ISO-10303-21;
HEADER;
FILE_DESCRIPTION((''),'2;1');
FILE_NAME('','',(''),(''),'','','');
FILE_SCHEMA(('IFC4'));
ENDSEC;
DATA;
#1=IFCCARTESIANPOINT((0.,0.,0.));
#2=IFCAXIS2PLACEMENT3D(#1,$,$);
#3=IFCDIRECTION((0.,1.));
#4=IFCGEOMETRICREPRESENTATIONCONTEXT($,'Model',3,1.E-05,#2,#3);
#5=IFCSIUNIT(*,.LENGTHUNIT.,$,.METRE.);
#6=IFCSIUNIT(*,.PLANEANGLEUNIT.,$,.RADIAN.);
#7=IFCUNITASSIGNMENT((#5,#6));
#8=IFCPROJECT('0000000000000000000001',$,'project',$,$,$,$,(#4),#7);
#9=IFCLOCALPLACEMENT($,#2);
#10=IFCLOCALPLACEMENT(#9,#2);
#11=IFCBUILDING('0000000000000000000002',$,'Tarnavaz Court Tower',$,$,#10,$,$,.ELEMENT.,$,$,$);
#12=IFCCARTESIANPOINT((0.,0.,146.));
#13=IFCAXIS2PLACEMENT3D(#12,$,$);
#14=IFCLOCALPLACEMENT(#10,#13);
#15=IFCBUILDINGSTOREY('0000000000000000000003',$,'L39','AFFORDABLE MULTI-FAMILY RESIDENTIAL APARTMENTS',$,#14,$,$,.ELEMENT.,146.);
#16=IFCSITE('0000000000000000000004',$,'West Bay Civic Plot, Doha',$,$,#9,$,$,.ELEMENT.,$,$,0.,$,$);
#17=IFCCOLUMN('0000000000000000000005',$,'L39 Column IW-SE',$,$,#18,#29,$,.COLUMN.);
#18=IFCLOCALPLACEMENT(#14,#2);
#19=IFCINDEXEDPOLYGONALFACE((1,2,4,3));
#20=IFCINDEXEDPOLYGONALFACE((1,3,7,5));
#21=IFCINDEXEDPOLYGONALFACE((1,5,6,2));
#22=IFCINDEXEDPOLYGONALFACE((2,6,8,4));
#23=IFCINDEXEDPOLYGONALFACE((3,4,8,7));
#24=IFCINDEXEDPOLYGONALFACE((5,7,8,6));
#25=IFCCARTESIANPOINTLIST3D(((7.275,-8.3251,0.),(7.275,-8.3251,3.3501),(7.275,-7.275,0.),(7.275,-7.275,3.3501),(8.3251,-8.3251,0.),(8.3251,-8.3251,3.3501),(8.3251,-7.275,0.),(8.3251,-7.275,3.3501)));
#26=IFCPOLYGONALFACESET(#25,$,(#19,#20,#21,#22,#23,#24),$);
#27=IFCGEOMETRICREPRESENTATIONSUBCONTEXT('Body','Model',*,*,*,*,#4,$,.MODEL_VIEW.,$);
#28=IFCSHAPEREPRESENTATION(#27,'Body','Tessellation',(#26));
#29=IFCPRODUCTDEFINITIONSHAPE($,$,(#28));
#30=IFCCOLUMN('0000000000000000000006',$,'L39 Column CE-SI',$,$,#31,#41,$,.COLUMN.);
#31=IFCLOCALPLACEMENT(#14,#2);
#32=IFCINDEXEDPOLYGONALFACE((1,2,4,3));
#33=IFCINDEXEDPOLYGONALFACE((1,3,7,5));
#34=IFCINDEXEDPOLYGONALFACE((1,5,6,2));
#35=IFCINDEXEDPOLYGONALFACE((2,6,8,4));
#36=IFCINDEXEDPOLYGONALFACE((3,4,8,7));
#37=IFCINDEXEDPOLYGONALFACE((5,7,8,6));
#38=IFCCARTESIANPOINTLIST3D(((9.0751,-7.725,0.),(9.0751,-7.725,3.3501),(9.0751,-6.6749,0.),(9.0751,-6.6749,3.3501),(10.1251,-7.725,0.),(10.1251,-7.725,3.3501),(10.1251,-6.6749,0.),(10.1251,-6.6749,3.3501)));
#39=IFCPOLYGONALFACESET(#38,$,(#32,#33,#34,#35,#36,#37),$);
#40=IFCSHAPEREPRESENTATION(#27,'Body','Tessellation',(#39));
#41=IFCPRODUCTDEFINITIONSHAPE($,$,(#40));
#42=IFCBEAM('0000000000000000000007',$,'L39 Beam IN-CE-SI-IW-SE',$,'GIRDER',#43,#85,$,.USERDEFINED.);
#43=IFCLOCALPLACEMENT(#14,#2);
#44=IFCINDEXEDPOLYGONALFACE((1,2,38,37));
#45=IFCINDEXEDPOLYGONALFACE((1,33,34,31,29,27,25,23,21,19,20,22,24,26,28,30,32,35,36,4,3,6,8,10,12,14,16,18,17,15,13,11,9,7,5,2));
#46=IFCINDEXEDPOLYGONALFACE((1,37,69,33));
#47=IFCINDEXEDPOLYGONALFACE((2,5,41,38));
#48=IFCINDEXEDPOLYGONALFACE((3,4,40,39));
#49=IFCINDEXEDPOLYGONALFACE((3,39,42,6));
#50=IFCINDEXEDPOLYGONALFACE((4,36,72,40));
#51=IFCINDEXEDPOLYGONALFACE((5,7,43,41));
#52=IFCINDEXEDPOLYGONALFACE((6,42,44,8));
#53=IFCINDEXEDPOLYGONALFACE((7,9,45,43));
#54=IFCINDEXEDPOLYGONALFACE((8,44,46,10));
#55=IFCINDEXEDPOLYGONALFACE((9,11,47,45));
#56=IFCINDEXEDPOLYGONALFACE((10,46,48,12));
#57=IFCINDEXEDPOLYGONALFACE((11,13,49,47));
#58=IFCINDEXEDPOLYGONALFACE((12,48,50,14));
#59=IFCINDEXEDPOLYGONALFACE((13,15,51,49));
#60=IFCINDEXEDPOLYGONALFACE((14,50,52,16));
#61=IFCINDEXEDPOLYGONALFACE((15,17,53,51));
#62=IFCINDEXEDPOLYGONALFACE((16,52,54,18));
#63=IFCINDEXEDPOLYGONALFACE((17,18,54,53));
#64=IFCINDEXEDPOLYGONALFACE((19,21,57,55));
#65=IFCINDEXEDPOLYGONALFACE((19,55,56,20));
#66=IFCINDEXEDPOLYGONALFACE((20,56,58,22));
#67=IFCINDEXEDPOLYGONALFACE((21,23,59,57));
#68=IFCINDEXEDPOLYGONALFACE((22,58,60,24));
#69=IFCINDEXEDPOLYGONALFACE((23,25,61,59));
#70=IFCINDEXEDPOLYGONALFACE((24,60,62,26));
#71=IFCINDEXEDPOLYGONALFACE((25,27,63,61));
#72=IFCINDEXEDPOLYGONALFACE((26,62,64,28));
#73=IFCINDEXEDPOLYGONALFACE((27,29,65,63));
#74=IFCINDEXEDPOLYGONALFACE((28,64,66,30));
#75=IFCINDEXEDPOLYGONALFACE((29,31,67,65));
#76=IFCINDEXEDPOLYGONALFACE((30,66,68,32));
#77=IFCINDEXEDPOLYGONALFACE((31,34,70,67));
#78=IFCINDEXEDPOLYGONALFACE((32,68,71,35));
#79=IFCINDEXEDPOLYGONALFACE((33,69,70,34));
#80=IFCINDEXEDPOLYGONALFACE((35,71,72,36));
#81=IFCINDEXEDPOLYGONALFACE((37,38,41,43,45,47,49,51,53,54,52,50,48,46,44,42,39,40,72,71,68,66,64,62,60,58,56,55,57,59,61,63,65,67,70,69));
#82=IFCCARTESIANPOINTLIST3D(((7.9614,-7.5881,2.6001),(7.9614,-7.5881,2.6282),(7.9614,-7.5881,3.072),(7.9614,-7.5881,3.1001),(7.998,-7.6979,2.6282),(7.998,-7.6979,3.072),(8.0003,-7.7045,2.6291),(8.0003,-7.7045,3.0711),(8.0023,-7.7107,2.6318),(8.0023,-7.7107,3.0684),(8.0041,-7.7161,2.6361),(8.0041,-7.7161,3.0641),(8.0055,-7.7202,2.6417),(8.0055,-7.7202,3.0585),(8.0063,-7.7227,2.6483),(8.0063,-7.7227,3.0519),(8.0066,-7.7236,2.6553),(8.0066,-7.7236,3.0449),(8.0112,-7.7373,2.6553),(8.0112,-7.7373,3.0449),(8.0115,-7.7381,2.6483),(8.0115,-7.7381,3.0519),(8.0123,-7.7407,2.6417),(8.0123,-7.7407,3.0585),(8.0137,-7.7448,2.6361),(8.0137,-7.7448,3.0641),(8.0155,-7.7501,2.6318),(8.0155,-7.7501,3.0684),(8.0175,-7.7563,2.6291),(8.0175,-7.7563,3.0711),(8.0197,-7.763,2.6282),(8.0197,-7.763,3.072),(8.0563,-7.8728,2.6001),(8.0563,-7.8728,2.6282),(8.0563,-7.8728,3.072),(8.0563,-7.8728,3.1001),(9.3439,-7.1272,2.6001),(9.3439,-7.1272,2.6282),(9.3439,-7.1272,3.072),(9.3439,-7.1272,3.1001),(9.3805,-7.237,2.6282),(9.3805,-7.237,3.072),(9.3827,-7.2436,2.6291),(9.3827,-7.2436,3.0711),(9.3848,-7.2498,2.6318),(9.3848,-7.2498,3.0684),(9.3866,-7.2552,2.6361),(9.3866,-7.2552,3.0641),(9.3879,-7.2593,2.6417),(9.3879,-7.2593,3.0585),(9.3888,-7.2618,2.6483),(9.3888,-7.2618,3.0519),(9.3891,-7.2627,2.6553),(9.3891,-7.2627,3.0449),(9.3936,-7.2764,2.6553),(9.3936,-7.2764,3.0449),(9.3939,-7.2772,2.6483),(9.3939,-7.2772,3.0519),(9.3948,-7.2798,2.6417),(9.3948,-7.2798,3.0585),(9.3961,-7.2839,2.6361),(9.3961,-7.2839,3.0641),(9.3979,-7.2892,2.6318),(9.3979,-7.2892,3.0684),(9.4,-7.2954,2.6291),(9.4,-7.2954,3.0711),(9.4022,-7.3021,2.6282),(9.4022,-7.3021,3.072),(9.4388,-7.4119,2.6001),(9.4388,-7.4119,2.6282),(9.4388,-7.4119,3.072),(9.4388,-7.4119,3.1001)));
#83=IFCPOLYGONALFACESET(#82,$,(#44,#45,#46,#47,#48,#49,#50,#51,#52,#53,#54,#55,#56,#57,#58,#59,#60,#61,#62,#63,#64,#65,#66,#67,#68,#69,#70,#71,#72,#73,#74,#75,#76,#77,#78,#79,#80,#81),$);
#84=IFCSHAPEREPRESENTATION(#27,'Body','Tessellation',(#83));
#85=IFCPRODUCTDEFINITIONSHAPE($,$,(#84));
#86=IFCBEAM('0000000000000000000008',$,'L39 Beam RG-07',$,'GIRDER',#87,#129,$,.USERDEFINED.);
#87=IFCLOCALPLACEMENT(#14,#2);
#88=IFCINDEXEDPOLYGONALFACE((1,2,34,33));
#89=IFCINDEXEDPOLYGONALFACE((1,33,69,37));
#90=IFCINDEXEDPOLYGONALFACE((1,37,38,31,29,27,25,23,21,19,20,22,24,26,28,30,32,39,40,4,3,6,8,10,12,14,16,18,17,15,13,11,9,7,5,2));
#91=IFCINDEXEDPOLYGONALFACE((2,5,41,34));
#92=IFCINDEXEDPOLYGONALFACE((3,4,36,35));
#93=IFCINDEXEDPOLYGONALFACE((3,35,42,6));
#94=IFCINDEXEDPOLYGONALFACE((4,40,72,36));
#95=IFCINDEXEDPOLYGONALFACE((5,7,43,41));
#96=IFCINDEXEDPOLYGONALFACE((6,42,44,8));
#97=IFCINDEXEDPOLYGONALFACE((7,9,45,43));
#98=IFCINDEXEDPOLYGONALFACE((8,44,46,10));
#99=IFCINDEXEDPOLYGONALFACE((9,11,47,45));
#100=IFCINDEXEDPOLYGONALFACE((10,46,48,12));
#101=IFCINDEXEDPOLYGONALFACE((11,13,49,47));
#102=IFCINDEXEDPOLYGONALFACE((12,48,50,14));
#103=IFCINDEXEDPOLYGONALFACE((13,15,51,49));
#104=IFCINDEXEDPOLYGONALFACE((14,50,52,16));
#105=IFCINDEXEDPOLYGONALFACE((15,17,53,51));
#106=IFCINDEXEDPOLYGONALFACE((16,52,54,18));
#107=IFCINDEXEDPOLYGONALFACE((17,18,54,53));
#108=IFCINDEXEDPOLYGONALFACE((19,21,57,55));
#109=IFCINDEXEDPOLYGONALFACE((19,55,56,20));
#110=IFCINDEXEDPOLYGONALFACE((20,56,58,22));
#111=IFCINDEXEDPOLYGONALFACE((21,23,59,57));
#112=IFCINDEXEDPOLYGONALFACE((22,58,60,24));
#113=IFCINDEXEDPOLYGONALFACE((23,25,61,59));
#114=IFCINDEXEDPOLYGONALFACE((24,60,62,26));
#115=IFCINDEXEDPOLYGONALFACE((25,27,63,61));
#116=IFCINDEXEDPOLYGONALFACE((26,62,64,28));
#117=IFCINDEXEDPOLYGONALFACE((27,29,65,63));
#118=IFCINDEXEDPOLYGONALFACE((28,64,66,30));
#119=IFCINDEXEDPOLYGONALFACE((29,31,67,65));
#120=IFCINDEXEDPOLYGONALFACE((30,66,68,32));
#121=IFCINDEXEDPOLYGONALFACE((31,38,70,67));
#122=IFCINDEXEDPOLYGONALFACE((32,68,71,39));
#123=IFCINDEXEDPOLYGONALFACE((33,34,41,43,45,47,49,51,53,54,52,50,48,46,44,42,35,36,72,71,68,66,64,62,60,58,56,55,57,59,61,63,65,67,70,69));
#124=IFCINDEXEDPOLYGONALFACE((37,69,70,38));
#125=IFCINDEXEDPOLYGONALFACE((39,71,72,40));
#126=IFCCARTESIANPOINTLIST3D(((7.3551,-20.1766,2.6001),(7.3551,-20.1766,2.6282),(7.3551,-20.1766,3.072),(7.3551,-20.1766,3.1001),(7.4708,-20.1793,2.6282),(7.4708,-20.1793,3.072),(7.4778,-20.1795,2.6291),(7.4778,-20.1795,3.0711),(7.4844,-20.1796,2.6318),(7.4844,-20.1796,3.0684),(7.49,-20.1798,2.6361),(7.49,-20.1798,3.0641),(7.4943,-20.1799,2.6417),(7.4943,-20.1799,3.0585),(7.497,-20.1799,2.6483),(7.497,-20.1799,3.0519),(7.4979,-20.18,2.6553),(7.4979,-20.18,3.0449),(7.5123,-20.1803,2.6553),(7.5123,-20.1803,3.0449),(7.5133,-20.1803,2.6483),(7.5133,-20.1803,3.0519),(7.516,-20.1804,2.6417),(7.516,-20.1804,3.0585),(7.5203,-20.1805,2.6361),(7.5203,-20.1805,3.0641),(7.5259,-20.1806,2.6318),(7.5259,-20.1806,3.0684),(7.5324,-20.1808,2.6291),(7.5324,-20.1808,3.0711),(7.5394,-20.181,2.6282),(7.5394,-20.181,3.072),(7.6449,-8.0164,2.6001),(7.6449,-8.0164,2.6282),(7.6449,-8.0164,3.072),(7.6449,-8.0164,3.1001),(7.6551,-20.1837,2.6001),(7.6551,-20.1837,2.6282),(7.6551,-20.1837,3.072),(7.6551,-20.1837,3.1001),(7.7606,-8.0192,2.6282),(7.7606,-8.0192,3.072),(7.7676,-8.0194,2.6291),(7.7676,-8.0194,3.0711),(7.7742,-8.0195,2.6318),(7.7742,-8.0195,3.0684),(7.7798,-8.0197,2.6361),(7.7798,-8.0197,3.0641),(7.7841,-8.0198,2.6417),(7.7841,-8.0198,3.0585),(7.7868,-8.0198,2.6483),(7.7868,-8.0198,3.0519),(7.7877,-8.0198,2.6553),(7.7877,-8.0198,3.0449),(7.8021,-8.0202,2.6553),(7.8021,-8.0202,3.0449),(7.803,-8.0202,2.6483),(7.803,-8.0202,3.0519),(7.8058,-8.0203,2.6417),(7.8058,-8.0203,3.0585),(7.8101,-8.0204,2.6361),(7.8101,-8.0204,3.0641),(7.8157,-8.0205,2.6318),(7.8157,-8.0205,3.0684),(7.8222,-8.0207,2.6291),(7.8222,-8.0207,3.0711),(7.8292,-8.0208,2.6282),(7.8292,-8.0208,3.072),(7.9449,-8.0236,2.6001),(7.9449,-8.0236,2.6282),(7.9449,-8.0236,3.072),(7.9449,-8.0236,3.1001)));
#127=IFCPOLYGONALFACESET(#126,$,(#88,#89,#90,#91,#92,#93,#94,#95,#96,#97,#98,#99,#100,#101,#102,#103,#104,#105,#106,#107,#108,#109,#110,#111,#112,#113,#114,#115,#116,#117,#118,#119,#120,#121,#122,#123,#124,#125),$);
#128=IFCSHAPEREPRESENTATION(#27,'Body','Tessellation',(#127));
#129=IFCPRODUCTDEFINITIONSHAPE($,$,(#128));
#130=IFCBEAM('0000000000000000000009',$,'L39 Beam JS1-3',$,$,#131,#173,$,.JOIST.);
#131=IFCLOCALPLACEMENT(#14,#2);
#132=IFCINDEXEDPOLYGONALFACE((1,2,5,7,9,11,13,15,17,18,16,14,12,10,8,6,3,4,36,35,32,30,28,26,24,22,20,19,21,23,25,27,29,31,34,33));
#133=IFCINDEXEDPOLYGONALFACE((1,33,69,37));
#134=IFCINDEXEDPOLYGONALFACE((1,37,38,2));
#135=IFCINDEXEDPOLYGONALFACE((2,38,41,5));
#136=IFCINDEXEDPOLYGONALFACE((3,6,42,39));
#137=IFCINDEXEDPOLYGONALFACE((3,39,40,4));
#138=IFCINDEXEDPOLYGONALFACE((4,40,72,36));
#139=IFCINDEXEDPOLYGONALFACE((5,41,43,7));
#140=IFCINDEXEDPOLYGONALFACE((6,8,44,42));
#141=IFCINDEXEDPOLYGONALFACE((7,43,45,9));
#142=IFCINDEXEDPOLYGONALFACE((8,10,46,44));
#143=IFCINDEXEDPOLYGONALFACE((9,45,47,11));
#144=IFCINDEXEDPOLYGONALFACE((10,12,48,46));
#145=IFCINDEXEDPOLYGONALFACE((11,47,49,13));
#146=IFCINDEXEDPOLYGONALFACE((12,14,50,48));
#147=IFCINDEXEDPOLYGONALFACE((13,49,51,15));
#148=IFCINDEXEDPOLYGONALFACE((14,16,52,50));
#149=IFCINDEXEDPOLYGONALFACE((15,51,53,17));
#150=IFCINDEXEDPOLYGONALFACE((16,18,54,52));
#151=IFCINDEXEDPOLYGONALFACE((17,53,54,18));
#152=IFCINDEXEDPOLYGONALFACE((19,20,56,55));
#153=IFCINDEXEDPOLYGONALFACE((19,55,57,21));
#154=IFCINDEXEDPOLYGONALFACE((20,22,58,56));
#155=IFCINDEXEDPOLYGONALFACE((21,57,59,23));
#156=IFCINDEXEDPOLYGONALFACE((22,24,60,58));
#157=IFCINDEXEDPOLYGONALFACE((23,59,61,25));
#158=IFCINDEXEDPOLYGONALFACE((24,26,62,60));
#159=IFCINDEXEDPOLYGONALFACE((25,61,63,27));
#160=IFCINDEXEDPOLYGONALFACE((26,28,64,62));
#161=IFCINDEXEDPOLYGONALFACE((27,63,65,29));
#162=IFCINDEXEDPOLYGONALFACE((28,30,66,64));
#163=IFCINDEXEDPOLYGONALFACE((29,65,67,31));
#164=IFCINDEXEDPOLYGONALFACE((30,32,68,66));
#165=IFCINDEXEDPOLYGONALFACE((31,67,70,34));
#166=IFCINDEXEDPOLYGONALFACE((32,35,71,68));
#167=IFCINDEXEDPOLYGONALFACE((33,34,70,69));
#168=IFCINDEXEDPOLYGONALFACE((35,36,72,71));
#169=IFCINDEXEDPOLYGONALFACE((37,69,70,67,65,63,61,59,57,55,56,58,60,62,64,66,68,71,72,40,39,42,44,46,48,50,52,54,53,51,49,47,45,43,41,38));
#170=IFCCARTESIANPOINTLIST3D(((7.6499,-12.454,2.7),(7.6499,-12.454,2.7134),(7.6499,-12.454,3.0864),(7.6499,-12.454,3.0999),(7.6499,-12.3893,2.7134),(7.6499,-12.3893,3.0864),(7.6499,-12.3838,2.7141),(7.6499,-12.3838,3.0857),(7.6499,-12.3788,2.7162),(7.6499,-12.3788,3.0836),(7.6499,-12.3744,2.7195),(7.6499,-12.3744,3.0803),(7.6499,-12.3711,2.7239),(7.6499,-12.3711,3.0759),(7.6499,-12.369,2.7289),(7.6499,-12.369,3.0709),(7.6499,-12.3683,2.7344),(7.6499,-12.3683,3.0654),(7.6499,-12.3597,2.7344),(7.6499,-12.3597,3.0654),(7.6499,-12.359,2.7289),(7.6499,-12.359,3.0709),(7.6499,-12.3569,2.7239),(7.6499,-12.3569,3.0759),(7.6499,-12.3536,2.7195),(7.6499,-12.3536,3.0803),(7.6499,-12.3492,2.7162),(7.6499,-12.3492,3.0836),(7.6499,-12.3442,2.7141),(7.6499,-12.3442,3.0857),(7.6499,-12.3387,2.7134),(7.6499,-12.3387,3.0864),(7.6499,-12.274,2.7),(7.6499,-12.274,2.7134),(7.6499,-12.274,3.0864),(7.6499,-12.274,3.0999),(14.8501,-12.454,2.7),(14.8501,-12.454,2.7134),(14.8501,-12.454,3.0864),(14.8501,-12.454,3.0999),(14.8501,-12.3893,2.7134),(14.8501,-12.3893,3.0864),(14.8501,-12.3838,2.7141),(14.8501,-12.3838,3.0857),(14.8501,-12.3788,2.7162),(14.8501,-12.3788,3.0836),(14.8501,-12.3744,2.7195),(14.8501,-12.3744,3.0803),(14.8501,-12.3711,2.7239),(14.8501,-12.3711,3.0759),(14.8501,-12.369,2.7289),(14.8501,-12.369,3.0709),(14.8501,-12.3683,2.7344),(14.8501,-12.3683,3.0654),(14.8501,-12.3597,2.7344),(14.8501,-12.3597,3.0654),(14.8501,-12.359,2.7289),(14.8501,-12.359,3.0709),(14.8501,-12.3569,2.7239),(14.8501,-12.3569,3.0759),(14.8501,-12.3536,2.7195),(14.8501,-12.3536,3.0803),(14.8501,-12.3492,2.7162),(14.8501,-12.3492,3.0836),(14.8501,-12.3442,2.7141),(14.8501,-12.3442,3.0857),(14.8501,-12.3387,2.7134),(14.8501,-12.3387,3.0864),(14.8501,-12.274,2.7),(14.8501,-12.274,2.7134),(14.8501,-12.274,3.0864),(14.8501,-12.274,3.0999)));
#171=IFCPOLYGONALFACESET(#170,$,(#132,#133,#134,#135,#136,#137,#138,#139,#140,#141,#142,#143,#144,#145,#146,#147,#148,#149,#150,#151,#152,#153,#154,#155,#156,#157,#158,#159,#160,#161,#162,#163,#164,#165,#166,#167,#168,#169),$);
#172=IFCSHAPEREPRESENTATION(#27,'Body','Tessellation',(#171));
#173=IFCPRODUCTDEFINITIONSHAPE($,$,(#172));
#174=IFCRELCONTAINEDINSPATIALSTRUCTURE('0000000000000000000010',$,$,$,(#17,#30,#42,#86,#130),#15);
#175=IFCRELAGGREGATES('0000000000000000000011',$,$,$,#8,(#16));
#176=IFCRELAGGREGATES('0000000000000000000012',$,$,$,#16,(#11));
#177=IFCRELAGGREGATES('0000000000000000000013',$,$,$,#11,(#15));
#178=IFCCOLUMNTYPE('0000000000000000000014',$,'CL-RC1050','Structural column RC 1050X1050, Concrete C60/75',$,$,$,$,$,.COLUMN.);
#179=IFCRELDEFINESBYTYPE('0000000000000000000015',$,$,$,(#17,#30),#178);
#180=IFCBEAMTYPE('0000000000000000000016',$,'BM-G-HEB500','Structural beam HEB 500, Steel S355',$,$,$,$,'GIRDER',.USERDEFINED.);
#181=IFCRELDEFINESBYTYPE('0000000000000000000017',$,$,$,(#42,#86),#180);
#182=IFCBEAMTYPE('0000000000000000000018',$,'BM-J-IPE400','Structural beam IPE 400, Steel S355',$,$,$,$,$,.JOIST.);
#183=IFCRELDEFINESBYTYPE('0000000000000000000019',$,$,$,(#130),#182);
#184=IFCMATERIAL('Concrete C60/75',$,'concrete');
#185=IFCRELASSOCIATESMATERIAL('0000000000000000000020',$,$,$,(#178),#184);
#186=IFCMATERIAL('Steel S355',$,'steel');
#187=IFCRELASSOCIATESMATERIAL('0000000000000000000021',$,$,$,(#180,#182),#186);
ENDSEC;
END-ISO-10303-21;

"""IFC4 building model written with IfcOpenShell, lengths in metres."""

from ifc_helpers import new_model, si_unit, direction, frame, origin, origin_2d, place, context, subcontext, project, spatial, rectangle, i_section, extrude, material, material_profile, profile_set, type_object, element, save


model = new_model("IFC4")

# Units and contexts
model_context = context("Model", 3, precision=1e-05, world=origin(), true_north=direction((0.0, 1.0)))
body_context = subcontext(model_context, "Body", "Model", "MODEL_VIEW")
ifc_project = project(units=[si_unit("LENGTHUNIT", "METRE"), si_unit("PLANEANGLEUNIT", "RADIAN")], contexts=[model_context])

# Site, building, storey
site_placement = place(None, origin())
site = spatial("IfcSite", under=ifc_project, at=site_placement, Name="West Bay Civic Plot, Doha", CompositionType="ELEMENT", RefElevation=0.0)
building_placement = place(site_placement, origin())
building = spatial("IfcBuilding", under=site, at=building_placement, Name="Tarnavaz Court Tower", CompositionType="ELEMENT")
storey_placement = place(building_placement, frame((0.0, 0.0, 146.0)))
storey = spatial("IfcBuildingStorey", under=building, at=storey_placement, Name="L39", Description="AFFORDABLE MULTI-FAMILY RESIDENTIAL APARTMENTS", CompositionType="ELEMENT", Elevation=146.0)

# Columns
ifc_material_1 = material(Name="Concrete C60/75", Category="concrete")
ifc_material_profile_1 = material_profile(ifc_material_1, rectangle(XDim=1.05, YDim=1.05, at=origin_2d()), Name="RC 1050X1050")
ifc_profile_set_1 = profile_set([ifc_material_profile_1], Name="Concrete C60/75")
column_type = type_object("IfcColumnType", Name="CL-RC1050", Description="Structural column RC 1050X1050, Concrete C60/75", PredefinedType="COLUMN", material=ifc_profile_set_1)
for number, where, z_axis, x_axis, name in (
    (1, (7.8, -7.8, 0.0), (0.0, 0.0, 1.0), (1.0, 0.0, 0.0), "L39 Column IW-SE"),
    (2, (9.6001, -7.2, 0.0), (0.0, 0.0, 1.0), (1.0, 0.0, 0.0), "L39 Column CE-SI"),
):
    element("IfcColumn", number, at=place(storey_placement, frame(where, z_axis=z_axis, x_axis=x_axis)), inside=storey, type_object=column_type, Name=name, PredefinedType="COLUMN", context=body_context, shape_type="SweptSolid", body=[
        extrude(rectangle(XDim=1.05, YDim=1.05, at=origin_2d()), origin(), (0.0, 0.0, 1.0), 3.3501),
    ])

# Beams
ifc_material_2 = material(Name="Steel S355", Category="steel")
ifc_material_profile_2 = material_profile(ifc_material_2, i_section(OverallWidth=0.3, OverallDepth=0.5, WebThickness=0.0144, FlangeThickness=0.0281, FilletRadius=0.0271, at=origin_2d()), Name="HEB 500")
ifc_profile_set_2 = profile_set([ifc_material_profile_2], Name="Steel S355")
beam_type_1 = type_object("IfcBeamType", Name="BM-G-HEB500", Description="Structural beam HEB 500, Steel S355", ElementType="GIRDER", PredefinedType="USERDEFINED", material=ifc_profile_set_2)
beam_1_placement = place(storey_placement, frame((9.3914, -7.2695, 2.8501), z_axis=(-0.948667, -0.316278, 0.0), x_axis=(0.316278, -0.948667, 0.0)))
element("IfcBeam", 3, at=beam_1_placement, inside=storey, type_object=beam_type_1, Name="L39 Beam IN-CE-SI-IW-SE", ObjectType="GIRDER", PredefinedType="USERDEFINED", context=body_context, shape_type="SweptSolid", body=[
    extrude(i_section(OverallWidth=0.3, OverallDepth=0.5, WebThickness=0.0144, FlangeThickness=0.0281, FilletRadius=0.0271, at=origin_2d()), origin(), (0.0, 0.0, 1.0), 1.4573),
])
beam_2_placement = place(storey_placement, frame((7.7949, -8.02, 2.8501), z_axis=(-0.023825, -0.999716, 0.0), x_axis=(0.999716, -0.023825, 0.0)))
element("IfcBeam", 4, at=beam_2_placement, inside=storey, type_object=beam_type_1, Name="L39 Beam RG-07", ObjectType="GIRDER", PredefinedType="USERDEFINED", context=body_context, shape_type="SweptSolid", body=[
    extrude(i_section(OverallWidth=0.3, OverallDepth=0.5, WebThickness=0.0144, FlangeThickness=0.0281, FilletRadius=0.0271, at=origin_2d()), origin(), (0.0, 0.0, 1.0), 12.1636),
])
ifc_material_profile_3 = material_profile(ifc_material_2, i_section(OverallWidth=0.1799, OverallDepth=0.3999, WebThickness=0.0085, FlangeThickness=0.0134, FilletRadius=0.021, at=origin_2d()), Name="IPE 400")
ifc_profile_set_3 = profile_set([ifc_material_profile_3], Name="Steel S355")
beam_type_2 = type_object("IfcBeamType", Name="BM-J-IPE400", Description="Structural beam IPE 400, Steel S355", PredefinedType="JOIST", material=ifc_profile_set_3)
for number, where, z_axis, x_axis, name in (
    (5, (7.6499, -12.364, 2.8999), (1.0, 0.0, 0.0), (0.0, 1.0, 0.0), "L39 Beam JS1-3"),
):
    element("IfcBeam", number, at=place(storey_placement, frame(where, z_axis=z_axis, x_axis=x_axis)), inside=storey, type_object=beam_type_2, Name=name, PredefinedType="JOIST", context=body_context, shape_type="SweptSolid", body=[
        extrude(i_section(OverallWidth=0.1799, OverallDepth=0.3999, WebThickness=0.0085, FlangeThickness=0.0134, FilletRadius=0.021, at=origin_2d()), origin(), (0.0, 0.0, 1.0), 7.2002),
    ])

save(model, "model.ifc")
